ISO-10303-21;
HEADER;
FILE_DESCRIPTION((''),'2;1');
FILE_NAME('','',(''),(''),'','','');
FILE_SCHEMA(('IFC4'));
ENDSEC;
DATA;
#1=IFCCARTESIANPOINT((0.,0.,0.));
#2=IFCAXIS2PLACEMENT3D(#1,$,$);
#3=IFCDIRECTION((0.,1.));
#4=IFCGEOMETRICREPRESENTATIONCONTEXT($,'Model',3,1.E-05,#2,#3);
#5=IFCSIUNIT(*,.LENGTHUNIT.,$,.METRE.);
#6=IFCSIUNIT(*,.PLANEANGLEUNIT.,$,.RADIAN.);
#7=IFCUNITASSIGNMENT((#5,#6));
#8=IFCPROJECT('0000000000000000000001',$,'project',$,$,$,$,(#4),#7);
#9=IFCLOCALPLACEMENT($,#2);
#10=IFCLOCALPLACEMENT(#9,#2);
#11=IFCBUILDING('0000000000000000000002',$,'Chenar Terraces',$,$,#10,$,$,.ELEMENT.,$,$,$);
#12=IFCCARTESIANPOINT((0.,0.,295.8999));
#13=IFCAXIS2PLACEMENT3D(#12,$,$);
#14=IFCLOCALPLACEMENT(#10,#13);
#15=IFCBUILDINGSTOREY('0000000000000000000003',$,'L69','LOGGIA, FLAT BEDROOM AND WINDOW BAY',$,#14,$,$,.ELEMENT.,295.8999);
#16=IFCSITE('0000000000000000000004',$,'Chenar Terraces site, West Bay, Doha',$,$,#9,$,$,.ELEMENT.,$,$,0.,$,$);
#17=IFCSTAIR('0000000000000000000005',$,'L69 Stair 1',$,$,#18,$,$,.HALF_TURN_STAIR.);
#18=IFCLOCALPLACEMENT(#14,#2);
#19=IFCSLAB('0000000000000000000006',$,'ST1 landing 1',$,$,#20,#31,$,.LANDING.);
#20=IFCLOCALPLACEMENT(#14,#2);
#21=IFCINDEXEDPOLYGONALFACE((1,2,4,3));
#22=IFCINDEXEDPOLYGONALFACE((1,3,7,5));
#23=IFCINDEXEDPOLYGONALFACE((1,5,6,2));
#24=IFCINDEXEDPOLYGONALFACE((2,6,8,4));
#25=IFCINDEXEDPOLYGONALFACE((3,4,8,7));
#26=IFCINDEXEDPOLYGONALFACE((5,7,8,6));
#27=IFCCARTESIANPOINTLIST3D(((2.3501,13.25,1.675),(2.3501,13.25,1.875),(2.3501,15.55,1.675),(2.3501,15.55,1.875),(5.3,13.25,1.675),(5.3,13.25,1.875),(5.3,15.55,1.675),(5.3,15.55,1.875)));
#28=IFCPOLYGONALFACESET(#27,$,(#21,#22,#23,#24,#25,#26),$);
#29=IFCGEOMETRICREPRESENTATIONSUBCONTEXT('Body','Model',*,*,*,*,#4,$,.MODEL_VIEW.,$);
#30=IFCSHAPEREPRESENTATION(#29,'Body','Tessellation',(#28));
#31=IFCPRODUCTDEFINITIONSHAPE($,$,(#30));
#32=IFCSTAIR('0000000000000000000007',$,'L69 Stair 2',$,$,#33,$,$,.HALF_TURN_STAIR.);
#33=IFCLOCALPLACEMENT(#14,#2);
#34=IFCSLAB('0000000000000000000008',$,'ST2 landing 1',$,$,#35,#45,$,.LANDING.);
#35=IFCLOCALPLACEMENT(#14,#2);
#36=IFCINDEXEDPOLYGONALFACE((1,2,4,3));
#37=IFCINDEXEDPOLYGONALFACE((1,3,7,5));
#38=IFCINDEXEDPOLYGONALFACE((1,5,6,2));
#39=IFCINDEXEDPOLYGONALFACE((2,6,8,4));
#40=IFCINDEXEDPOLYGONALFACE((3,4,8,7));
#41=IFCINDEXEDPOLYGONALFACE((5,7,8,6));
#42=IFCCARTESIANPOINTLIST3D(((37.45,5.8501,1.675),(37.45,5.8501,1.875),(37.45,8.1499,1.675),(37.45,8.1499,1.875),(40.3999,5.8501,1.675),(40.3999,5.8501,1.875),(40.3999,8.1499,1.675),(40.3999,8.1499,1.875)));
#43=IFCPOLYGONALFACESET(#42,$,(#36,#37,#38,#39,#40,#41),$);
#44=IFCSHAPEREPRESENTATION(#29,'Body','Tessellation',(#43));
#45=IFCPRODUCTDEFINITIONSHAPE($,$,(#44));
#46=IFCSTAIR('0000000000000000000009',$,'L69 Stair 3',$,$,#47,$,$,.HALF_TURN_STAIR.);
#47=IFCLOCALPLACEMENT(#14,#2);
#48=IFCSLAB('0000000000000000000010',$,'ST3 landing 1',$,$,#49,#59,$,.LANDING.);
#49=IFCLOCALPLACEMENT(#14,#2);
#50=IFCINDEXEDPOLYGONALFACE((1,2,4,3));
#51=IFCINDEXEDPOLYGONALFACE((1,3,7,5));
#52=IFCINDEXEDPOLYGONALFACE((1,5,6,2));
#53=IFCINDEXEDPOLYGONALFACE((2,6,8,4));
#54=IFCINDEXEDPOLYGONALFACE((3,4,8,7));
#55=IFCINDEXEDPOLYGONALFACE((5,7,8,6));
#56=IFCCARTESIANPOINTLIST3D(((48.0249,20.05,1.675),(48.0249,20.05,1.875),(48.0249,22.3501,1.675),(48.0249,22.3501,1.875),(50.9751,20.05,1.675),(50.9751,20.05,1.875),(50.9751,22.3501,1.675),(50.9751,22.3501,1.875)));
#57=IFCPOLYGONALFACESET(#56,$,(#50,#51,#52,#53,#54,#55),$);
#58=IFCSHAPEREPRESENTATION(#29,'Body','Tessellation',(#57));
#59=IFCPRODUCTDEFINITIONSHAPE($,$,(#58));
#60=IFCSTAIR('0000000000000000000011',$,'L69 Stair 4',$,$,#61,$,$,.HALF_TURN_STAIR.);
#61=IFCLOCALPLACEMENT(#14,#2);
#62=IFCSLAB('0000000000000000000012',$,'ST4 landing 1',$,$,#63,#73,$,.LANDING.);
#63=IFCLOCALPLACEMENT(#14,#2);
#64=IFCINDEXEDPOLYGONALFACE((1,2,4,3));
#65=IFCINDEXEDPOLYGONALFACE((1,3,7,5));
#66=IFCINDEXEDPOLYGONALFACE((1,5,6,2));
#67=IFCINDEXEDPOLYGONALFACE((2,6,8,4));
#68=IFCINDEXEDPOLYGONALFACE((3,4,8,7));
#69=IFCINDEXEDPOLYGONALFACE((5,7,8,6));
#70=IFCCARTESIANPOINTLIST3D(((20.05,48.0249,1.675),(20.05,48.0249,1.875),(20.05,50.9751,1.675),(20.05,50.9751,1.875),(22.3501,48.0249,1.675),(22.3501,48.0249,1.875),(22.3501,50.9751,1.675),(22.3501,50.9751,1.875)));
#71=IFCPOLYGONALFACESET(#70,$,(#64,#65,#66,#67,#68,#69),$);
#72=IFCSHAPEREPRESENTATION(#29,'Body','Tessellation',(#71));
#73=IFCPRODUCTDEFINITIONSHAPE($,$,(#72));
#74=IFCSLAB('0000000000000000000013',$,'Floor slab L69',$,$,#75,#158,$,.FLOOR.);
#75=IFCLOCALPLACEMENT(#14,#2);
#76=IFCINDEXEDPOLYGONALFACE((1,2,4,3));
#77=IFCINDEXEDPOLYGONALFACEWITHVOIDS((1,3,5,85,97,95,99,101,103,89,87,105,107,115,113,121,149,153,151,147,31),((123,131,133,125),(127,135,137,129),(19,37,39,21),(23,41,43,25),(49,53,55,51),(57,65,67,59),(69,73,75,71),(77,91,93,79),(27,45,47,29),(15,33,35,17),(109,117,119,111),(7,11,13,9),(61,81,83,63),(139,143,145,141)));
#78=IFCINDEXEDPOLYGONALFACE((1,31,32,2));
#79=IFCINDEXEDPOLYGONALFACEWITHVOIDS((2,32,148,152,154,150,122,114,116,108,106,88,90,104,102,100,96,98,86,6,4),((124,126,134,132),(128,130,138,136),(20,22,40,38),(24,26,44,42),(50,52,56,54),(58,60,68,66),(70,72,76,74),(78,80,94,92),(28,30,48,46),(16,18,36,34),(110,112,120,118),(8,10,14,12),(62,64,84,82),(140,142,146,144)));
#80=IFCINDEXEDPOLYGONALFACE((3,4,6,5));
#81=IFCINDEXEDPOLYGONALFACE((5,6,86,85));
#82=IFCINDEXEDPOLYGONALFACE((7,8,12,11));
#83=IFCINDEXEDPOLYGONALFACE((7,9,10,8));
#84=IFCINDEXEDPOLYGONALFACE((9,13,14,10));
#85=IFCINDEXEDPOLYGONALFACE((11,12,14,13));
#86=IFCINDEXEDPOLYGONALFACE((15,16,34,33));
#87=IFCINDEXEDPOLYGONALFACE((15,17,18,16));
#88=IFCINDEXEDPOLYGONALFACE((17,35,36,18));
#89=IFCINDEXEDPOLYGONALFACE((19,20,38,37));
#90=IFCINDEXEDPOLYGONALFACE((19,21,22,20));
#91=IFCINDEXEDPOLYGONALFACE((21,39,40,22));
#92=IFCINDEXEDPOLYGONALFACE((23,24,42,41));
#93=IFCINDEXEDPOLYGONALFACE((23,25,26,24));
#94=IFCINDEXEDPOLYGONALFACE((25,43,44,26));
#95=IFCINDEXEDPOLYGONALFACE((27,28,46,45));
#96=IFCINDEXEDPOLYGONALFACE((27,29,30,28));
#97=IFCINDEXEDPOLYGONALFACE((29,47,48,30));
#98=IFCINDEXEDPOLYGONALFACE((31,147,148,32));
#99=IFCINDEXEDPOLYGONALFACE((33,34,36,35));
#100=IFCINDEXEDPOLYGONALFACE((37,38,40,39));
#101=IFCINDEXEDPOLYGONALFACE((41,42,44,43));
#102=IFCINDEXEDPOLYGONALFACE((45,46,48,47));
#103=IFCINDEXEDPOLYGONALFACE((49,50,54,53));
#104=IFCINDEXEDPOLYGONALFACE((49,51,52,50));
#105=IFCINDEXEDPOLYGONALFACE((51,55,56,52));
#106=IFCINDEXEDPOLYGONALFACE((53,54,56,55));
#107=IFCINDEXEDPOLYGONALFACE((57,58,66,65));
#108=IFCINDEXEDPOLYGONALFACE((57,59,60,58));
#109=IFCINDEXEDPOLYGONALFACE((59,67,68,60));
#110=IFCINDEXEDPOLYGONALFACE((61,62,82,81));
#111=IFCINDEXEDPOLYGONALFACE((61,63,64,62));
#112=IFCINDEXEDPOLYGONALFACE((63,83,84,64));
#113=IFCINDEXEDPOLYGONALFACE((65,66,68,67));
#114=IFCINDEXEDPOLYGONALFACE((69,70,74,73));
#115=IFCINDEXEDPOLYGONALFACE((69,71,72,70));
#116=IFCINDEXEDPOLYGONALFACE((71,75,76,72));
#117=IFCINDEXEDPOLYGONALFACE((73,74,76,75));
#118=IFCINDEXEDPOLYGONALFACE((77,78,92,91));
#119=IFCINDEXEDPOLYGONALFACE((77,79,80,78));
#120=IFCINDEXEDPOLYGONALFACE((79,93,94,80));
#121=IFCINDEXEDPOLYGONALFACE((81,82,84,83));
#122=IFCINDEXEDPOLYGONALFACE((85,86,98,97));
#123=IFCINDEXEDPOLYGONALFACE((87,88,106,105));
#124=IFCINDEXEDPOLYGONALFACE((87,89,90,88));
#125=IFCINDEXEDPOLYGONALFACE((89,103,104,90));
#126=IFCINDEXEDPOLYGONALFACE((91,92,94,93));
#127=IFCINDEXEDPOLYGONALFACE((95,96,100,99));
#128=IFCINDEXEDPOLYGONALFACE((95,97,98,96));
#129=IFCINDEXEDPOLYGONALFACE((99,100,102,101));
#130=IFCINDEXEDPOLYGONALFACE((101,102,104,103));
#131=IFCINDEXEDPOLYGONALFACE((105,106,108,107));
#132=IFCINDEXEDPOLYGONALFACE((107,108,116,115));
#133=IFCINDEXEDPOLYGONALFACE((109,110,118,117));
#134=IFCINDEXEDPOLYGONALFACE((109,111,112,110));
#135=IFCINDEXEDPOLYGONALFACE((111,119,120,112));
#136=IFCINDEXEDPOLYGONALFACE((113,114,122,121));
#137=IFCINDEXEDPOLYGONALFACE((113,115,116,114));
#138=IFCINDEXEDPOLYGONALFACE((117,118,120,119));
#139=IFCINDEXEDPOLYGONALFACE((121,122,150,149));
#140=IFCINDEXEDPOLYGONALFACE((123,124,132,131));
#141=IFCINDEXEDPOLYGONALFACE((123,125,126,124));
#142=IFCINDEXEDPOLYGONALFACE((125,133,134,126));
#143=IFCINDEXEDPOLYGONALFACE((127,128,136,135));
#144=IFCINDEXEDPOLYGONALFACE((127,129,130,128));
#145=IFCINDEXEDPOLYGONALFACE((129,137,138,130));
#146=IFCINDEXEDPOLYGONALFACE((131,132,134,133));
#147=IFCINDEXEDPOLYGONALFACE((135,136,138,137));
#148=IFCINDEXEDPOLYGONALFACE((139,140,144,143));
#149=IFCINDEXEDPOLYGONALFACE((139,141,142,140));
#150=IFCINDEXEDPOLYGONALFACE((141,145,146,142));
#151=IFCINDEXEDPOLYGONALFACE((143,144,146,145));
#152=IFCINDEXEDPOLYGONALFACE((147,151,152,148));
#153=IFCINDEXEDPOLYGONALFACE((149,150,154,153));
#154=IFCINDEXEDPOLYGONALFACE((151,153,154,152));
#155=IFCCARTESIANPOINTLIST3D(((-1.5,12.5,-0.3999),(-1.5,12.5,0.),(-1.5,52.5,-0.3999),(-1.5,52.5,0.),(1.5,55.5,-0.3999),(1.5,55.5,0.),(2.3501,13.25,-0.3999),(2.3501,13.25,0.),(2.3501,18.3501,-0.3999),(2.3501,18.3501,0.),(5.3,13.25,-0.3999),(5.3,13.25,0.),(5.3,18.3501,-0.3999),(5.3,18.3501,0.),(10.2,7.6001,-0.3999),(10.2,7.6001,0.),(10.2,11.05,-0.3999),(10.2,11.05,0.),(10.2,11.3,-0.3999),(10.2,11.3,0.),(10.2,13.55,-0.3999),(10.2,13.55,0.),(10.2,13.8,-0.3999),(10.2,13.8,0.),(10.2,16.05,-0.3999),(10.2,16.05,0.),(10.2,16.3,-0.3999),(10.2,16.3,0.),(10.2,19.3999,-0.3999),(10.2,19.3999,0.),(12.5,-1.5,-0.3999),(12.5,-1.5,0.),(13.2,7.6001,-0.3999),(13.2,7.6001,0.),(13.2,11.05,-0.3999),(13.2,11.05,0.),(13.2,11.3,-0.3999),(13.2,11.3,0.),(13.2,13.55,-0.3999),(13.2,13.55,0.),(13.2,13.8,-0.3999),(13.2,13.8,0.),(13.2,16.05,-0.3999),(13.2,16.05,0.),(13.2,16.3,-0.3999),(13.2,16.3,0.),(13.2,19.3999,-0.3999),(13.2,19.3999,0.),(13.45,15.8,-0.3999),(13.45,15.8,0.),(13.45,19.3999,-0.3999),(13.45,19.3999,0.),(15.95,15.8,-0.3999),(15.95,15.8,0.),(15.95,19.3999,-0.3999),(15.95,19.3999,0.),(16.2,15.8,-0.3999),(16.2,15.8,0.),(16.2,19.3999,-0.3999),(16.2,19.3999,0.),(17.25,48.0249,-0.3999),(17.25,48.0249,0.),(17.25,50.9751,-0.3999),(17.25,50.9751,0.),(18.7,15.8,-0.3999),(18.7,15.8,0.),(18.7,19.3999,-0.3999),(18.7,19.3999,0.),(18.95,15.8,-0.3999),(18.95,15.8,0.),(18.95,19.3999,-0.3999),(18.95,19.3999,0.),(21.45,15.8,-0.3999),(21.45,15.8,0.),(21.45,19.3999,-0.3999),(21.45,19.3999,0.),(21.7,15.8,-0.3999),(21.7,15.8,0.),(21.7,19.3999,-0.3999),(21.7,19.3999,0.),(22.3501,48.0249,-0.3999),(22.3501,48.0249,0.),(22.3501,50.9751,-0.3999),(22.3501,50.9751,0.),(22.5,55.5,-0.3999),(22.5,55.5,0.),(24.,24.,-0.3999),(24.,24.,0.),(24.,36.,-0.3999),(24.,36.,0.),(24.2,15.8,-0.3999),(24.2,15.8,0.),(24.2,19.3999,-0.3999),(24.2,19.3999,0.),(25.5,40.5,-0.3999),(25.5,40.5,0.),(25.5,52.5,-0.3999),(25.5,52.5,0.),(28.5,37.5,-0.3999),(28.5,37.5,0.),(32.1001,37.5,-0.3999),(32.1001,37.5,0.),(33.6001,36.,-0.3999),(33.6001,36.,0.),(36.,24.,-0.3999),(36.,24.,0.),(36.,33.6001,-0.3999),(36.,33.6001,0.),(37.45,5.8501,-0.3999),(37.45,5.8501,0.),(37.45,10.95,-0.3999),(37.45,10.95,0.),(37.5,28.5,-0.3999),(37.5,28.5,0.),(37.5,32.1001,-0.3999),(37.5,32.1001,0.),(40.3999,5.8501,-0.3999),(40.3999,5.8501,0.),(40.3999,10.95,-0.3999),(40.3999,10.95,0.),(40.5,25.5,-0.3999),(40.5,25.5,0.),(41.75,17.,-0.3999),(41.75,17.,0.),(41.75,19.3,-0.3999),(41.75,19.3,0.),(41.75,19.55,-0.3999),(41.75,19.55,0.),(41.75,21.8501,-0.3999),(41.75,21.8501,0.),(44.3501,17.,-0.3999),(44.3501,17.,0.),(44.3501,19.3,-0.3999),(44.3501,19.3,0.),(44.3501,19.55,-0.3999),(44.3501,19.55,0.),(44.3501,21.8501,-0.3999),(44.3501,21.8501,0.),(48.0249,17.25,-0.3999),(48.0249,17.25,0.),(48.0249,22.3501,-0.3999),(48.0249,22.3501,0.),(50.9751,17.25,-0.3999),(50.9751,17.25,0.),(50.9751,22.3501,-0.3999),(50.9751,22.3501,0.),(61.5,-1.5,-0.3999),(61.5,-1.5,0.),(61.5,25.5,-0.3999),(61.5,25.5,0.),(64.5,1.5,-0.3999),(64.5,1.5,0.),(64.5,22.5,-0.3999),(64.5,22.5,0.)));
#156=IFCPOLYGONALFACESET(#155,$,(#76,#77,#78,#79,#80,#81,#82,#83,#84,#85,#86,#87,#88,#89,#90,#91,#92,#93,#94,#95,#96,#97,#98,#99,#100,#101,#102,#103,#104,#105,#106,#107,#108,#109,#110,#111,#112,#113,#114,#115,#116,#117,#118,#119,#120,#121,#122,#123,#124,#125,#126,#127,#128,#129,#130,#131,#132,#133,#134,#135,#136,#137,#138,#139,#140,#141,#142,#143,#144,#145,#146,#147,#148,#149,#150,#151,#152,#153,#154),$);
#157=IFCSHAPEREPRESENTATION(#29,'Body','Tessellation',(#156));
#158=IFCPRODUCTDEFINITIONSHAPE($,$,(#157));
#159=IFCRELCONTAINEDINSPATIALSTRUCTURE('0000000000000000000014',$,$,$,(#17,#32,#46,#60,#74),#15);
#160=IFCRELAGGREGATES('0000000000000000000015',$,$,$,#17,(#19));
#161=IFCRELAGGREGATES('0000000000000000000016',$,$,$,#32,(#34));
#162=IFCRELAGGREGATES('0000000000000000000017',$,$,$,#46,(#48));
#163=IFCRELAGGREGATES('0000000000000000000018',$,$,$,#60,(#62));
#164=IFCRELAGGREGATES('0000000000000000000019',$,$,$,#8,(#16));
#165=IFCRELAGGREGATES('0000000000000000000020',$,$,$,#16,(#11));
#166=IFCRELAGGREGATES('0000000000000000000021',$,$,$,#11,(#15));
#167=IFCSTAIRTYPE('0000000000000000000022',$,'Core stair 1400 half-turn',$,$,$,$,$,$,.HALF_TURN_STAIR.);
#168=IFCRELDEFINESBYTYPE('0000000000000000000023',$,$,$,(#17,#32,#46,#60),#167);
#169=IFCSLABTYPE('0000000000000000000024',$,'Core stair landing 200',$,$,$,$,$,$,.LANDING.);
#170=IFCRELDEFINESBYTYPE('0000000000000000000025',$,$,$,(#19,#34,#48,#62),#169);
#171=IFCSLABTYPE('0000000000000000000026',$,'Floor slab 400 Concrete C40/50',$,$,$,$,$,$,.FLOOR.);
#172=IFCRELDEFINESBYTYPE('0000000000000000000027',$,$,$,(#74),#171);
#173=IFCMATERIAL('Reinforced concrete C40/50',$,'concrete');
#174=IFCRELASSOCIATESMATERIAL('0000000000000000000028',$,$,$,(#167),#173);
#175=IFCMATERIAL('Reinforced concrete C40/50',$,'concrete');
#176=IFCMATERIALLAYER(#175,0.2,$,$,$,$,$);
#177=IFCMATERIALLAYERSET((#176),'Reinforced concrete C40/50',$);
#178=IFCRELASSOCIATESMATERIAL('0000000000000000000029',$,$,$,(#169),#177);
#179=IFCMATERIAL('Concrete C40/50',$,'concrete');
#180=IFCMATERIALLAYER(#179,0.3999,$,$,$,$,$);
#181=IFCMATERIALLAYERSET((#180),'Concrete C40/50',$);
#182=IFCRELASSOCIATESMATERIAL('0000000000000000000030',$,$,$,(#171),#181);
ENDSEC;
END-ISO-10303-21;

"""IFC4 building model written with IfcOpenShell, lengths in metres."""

from ifc_helpers import new_model, si_unit, direction, frame, origin, place, context, subcontext, project, spatial, polyline, outline, extrude, material, layer, layer_set, type_object, element, aggregate, save


model = new_model("IFC4")

# Units and contexts
model_context = context("Model", 3, precision=1e-05, world=origin(), true_north=direction((0.0, 1.0)))
body_context = subcontext(model_context, "Body", "Model", "MODEL_VIEW")
ifc_project = project(units=[si_unit("LENGTHUNIT", "METRE"), si_unit("PLANEANGLEUNIT", "RADIAN")], contexts=[model_context])

# Site, building, storey
site_placement = place(None, origin())
site = spatial("IfcSite", under=ifc_project, at=site_placement, Name="Chenar Terraces site, West Bay, Doha", CompositionType="ELEMENT", RefElevation=0.0)
building_placement = place(site_placement, origin())
building = spatial("IfcBuilding", under=site, at=building_placement, Name="Chenar Terraces", CompositionType="ELEMENT")
storey_placement = place(building_placement, frame((0.0, 0.0, 295.8999)))
storey = spatial("IfcBuildingStorey", under=building, at=storey_placement, Name="L69", Description="LOGGIA, FLAT BEDROOM AND WINDOW BAY", CompositionType="ELEMENT", Elevation=295.8999)

# Stairs, slabs
ifc_material_1 = material(Name="Reinforced concrete C40/50", Category="concrete")
stair_type = type_object("IfcStairType", Name="Core stair 1400 half-turn", PredefinedType="HALF_TURN_STAIR", material=ifc_material_1)
placement_1 = place(storey_placement, origin())
stair_1 = element("IfcStair", 1, at=placement_1, inside=storey, type_object=stair_type, Name="L69 Stair 1", PredefinedType="HALF_TURN_STAIR")
ifc_material_2 = material(Name="Reinforced concrete C40/50", Category="concrete")
ifc_layer_1 = layer(ifc_material_2, 0.2)
ifc_layer_set_1 = layer_set([ifc_layer_1], Name="Reinforced concrete C40/50")
slab_type_1 = type_object("IfcSlabType", Name="Core stair landing 200", PredefinedType="LANDING", material=ifc_layer_set_1)
placement_2 = place(storey_placement, frame((0.0, 0.0, 1.675)))
slab_1 = element("IfcSlab", 2, at=placement_2, type_object=slab_type_1, Name="ST1 landing 1", PredefinedType="LANDING", context=body_context, shape_type="SweptSolid", body=[
    extrude(outline(polyline([(2.3501, 15.55), (2.3501, 13.25), (5.3, 13.25), (5.3, 15.55), (2.3501, 15.55)])), origin(), (0.0, 0.0, 1.0), 0.2),
])
aggregate(stair_1, [slab_1])
stair_2 = element("IfcStair", 3, at=placement_1, inside=storey, type_object=stair_type, Name="L69 Stair 2", PredefinedType="HALF_TURN_STAIR")
slab_2 = element("IfcSlab", 4, at=placement_2, type_object=slab_type_1, Name="ST2 landing 1", PredefinedType="LANDING", context=body_context, shape_type="SweptSolid", body=[
    extrude(outline(polyline([(37.45, 8.1499), (37.45, 5.8501), (40.3999, 5.8501), (40.3999, 8.1499), (37.45, 8.1499)])), origin(), (0.0, 0.0, 1.0), 0.2),
])
aggregate(stair_2, [slab_2])
stair_3 = element("IfcStair", 5, at=placement_1, inside=storey, type_object=stair_type, Name="L69 Stair 3", PredefinedType="HALF_TURN_STAIR")
slab_3 = element("IfcSlab", 6, at=placement_2, type_object=slab_type_1, Name="ST3 landing 1", PredefinedType="LANDING", context=body_context, shape_type="SweptSolid", body=[
    extrude(outline(polyline([(50.9751, 20.05), (50.9751, 22.3501), (48.0249, 22.3501), (48.0249, 20.05), (50.9751, 20.05)])), origin(), (0.0, 0.0, 1.0), 0.2),
])
aggregate(stair_3, [slab_3])
stair_4 = element("IfcStair", 7, at=placement_1, inside=storey, type_object=stair_type, Name="L69 Stair 4", PredefinedType="HALF_TURN_STAIR")
slab_4 = element("IfcSlab", 8, at=placement_2, type_object=slab_type_1, Name="ST4 landing 1", PredefinedType="LANDING", context=body_context, shape_type="SweptSolid", body=[
    extrude(outline(polyline([(20.05, 48.0249), (22.3501, 48.0249), (22.3501, 50.9751), (20.05, 50.9751), (20.05, 48.0249)])), origin(), (0.0, 0.0, 1.0), 0.2),
])
aggregate(stair_4, [slab_4])

# Slab
ifc_material_3 = material(Name="Concrete C40/50", Category="concrete")
ifc_layer_2 = layer(ifc_material_3, 0.3999)
ifc_layer_set_2 = layer_set([ifc_layer_2], Name="Concrete C40/50")
slab_type_2 = type_object("IfcSlabType", Name="Floor slab 400 Concrete C40/50", PredefinedType="FLOOR", material=ifc_layer_set_2)
slab_5_placement = place(storey_placement, frame((0.0, 0.0, -0.3999)))
element("IfcSlab", 9, at=slab_5_placement, inside=storey, type_object=slab_type_2, Name="Floor slab L69", PredefinedType="FLOOR", context=body_context, shape_type="SweptSolid", body=[
    extrude(outline(polyline([(64.5, 22.5), (64.5, 1.5), (61.5, -1.5), (12.5, -1.5), (-1.5, 12.5), (-1.5, 52.5), (1.5, 55.5), (22.5, 55.5), (25.5, 52.5), (25.5, 40.5), (28.5, 37.5), (32.1001, 37.5), (33.6001, 36.0), (24.0, 36.0), (24.0, 24.0), (36.0, 24.0), (36.0, 33.6001), (37.5, 32.1001), (37.5, 28.5), (40.5, 25.5), (61.5, 25.5), (64.5, 22.5)]), holes=[polyline([(10.2, 11.05), (10.2, 7.6001), (13.2, 7.6001), (13.2, 11.05), (10.2, 11.05)]), polyline([(13.2, 13.55), (10.2, 13.55), (10.2, 11.3), (13.2, 11.3), (13.2, 13.55)]), polyline([(13.2, 16.05), (10.2, 16.05), (10.2, 13.8), (13.2, 13.8), (13.2, 16.05)]), polyline([(2.3501, 13.25), (5.3, 13.25), (5.3, 18.3501), (2.3501, 18.3501), (2.3501, 13.25)]), polyline([(15.95, 19.3999), (13.45, 19.3999), (13.45, 15.8), (15.95, 15.8), (15.95, 19.3999)]), polyline([(18.7, 19.3999), (16.2, 19.3999), (16.2, 15.8), (18.7, 15.8), (18.7, 19.3999)]), polyline([(13.2, 19.3999), (10.2, 19.3999), (10.2, 16.3), (13.2, 16.3), (13.2, 19.3999)]), polyline([(22.3501, 48.0249), (22.3501, 50.9751), (17.25, 50.9751), (17.25, 48.0249), (22.3501, 48.0249)]), polyline([(37.45, 5.8501), (40.3999, 5.8501), (40.3999, 10.95), (37.45, 10.95), (37.45, 5.8501)]), polyline([(21.45, 19.3999), (18.95, 19.3999), (18.95, 15.8), (21.45, 15.8), (21.45, 19.3999)]), polyline([(24.2, 19.3999), (21.7, 19.3999), (21.7, 15.8), (24.2, 15.8), (24.2, 19.3999)]), polyline([(44.3501, 19.3), (41.75, 19.3), (41.75, 17.0), (44.3501, 17.0), (44.3501, 19.3)]), polyline([(50.9751, 22.3501), (48.0249, 22.3501), (48.0249, 17.25), (50.9751, 17.25), (50.9751, 22.3501)]), polyline([(44.3501, 21.8501), (41.75, 21.8501), (41.75, 19.55), (44.3501, 19.55), (44.3501, 21.8501)])]), origin(), (0.0, 0.0, 1.0), 0.3999),
])

save(model, "model.ifc")
